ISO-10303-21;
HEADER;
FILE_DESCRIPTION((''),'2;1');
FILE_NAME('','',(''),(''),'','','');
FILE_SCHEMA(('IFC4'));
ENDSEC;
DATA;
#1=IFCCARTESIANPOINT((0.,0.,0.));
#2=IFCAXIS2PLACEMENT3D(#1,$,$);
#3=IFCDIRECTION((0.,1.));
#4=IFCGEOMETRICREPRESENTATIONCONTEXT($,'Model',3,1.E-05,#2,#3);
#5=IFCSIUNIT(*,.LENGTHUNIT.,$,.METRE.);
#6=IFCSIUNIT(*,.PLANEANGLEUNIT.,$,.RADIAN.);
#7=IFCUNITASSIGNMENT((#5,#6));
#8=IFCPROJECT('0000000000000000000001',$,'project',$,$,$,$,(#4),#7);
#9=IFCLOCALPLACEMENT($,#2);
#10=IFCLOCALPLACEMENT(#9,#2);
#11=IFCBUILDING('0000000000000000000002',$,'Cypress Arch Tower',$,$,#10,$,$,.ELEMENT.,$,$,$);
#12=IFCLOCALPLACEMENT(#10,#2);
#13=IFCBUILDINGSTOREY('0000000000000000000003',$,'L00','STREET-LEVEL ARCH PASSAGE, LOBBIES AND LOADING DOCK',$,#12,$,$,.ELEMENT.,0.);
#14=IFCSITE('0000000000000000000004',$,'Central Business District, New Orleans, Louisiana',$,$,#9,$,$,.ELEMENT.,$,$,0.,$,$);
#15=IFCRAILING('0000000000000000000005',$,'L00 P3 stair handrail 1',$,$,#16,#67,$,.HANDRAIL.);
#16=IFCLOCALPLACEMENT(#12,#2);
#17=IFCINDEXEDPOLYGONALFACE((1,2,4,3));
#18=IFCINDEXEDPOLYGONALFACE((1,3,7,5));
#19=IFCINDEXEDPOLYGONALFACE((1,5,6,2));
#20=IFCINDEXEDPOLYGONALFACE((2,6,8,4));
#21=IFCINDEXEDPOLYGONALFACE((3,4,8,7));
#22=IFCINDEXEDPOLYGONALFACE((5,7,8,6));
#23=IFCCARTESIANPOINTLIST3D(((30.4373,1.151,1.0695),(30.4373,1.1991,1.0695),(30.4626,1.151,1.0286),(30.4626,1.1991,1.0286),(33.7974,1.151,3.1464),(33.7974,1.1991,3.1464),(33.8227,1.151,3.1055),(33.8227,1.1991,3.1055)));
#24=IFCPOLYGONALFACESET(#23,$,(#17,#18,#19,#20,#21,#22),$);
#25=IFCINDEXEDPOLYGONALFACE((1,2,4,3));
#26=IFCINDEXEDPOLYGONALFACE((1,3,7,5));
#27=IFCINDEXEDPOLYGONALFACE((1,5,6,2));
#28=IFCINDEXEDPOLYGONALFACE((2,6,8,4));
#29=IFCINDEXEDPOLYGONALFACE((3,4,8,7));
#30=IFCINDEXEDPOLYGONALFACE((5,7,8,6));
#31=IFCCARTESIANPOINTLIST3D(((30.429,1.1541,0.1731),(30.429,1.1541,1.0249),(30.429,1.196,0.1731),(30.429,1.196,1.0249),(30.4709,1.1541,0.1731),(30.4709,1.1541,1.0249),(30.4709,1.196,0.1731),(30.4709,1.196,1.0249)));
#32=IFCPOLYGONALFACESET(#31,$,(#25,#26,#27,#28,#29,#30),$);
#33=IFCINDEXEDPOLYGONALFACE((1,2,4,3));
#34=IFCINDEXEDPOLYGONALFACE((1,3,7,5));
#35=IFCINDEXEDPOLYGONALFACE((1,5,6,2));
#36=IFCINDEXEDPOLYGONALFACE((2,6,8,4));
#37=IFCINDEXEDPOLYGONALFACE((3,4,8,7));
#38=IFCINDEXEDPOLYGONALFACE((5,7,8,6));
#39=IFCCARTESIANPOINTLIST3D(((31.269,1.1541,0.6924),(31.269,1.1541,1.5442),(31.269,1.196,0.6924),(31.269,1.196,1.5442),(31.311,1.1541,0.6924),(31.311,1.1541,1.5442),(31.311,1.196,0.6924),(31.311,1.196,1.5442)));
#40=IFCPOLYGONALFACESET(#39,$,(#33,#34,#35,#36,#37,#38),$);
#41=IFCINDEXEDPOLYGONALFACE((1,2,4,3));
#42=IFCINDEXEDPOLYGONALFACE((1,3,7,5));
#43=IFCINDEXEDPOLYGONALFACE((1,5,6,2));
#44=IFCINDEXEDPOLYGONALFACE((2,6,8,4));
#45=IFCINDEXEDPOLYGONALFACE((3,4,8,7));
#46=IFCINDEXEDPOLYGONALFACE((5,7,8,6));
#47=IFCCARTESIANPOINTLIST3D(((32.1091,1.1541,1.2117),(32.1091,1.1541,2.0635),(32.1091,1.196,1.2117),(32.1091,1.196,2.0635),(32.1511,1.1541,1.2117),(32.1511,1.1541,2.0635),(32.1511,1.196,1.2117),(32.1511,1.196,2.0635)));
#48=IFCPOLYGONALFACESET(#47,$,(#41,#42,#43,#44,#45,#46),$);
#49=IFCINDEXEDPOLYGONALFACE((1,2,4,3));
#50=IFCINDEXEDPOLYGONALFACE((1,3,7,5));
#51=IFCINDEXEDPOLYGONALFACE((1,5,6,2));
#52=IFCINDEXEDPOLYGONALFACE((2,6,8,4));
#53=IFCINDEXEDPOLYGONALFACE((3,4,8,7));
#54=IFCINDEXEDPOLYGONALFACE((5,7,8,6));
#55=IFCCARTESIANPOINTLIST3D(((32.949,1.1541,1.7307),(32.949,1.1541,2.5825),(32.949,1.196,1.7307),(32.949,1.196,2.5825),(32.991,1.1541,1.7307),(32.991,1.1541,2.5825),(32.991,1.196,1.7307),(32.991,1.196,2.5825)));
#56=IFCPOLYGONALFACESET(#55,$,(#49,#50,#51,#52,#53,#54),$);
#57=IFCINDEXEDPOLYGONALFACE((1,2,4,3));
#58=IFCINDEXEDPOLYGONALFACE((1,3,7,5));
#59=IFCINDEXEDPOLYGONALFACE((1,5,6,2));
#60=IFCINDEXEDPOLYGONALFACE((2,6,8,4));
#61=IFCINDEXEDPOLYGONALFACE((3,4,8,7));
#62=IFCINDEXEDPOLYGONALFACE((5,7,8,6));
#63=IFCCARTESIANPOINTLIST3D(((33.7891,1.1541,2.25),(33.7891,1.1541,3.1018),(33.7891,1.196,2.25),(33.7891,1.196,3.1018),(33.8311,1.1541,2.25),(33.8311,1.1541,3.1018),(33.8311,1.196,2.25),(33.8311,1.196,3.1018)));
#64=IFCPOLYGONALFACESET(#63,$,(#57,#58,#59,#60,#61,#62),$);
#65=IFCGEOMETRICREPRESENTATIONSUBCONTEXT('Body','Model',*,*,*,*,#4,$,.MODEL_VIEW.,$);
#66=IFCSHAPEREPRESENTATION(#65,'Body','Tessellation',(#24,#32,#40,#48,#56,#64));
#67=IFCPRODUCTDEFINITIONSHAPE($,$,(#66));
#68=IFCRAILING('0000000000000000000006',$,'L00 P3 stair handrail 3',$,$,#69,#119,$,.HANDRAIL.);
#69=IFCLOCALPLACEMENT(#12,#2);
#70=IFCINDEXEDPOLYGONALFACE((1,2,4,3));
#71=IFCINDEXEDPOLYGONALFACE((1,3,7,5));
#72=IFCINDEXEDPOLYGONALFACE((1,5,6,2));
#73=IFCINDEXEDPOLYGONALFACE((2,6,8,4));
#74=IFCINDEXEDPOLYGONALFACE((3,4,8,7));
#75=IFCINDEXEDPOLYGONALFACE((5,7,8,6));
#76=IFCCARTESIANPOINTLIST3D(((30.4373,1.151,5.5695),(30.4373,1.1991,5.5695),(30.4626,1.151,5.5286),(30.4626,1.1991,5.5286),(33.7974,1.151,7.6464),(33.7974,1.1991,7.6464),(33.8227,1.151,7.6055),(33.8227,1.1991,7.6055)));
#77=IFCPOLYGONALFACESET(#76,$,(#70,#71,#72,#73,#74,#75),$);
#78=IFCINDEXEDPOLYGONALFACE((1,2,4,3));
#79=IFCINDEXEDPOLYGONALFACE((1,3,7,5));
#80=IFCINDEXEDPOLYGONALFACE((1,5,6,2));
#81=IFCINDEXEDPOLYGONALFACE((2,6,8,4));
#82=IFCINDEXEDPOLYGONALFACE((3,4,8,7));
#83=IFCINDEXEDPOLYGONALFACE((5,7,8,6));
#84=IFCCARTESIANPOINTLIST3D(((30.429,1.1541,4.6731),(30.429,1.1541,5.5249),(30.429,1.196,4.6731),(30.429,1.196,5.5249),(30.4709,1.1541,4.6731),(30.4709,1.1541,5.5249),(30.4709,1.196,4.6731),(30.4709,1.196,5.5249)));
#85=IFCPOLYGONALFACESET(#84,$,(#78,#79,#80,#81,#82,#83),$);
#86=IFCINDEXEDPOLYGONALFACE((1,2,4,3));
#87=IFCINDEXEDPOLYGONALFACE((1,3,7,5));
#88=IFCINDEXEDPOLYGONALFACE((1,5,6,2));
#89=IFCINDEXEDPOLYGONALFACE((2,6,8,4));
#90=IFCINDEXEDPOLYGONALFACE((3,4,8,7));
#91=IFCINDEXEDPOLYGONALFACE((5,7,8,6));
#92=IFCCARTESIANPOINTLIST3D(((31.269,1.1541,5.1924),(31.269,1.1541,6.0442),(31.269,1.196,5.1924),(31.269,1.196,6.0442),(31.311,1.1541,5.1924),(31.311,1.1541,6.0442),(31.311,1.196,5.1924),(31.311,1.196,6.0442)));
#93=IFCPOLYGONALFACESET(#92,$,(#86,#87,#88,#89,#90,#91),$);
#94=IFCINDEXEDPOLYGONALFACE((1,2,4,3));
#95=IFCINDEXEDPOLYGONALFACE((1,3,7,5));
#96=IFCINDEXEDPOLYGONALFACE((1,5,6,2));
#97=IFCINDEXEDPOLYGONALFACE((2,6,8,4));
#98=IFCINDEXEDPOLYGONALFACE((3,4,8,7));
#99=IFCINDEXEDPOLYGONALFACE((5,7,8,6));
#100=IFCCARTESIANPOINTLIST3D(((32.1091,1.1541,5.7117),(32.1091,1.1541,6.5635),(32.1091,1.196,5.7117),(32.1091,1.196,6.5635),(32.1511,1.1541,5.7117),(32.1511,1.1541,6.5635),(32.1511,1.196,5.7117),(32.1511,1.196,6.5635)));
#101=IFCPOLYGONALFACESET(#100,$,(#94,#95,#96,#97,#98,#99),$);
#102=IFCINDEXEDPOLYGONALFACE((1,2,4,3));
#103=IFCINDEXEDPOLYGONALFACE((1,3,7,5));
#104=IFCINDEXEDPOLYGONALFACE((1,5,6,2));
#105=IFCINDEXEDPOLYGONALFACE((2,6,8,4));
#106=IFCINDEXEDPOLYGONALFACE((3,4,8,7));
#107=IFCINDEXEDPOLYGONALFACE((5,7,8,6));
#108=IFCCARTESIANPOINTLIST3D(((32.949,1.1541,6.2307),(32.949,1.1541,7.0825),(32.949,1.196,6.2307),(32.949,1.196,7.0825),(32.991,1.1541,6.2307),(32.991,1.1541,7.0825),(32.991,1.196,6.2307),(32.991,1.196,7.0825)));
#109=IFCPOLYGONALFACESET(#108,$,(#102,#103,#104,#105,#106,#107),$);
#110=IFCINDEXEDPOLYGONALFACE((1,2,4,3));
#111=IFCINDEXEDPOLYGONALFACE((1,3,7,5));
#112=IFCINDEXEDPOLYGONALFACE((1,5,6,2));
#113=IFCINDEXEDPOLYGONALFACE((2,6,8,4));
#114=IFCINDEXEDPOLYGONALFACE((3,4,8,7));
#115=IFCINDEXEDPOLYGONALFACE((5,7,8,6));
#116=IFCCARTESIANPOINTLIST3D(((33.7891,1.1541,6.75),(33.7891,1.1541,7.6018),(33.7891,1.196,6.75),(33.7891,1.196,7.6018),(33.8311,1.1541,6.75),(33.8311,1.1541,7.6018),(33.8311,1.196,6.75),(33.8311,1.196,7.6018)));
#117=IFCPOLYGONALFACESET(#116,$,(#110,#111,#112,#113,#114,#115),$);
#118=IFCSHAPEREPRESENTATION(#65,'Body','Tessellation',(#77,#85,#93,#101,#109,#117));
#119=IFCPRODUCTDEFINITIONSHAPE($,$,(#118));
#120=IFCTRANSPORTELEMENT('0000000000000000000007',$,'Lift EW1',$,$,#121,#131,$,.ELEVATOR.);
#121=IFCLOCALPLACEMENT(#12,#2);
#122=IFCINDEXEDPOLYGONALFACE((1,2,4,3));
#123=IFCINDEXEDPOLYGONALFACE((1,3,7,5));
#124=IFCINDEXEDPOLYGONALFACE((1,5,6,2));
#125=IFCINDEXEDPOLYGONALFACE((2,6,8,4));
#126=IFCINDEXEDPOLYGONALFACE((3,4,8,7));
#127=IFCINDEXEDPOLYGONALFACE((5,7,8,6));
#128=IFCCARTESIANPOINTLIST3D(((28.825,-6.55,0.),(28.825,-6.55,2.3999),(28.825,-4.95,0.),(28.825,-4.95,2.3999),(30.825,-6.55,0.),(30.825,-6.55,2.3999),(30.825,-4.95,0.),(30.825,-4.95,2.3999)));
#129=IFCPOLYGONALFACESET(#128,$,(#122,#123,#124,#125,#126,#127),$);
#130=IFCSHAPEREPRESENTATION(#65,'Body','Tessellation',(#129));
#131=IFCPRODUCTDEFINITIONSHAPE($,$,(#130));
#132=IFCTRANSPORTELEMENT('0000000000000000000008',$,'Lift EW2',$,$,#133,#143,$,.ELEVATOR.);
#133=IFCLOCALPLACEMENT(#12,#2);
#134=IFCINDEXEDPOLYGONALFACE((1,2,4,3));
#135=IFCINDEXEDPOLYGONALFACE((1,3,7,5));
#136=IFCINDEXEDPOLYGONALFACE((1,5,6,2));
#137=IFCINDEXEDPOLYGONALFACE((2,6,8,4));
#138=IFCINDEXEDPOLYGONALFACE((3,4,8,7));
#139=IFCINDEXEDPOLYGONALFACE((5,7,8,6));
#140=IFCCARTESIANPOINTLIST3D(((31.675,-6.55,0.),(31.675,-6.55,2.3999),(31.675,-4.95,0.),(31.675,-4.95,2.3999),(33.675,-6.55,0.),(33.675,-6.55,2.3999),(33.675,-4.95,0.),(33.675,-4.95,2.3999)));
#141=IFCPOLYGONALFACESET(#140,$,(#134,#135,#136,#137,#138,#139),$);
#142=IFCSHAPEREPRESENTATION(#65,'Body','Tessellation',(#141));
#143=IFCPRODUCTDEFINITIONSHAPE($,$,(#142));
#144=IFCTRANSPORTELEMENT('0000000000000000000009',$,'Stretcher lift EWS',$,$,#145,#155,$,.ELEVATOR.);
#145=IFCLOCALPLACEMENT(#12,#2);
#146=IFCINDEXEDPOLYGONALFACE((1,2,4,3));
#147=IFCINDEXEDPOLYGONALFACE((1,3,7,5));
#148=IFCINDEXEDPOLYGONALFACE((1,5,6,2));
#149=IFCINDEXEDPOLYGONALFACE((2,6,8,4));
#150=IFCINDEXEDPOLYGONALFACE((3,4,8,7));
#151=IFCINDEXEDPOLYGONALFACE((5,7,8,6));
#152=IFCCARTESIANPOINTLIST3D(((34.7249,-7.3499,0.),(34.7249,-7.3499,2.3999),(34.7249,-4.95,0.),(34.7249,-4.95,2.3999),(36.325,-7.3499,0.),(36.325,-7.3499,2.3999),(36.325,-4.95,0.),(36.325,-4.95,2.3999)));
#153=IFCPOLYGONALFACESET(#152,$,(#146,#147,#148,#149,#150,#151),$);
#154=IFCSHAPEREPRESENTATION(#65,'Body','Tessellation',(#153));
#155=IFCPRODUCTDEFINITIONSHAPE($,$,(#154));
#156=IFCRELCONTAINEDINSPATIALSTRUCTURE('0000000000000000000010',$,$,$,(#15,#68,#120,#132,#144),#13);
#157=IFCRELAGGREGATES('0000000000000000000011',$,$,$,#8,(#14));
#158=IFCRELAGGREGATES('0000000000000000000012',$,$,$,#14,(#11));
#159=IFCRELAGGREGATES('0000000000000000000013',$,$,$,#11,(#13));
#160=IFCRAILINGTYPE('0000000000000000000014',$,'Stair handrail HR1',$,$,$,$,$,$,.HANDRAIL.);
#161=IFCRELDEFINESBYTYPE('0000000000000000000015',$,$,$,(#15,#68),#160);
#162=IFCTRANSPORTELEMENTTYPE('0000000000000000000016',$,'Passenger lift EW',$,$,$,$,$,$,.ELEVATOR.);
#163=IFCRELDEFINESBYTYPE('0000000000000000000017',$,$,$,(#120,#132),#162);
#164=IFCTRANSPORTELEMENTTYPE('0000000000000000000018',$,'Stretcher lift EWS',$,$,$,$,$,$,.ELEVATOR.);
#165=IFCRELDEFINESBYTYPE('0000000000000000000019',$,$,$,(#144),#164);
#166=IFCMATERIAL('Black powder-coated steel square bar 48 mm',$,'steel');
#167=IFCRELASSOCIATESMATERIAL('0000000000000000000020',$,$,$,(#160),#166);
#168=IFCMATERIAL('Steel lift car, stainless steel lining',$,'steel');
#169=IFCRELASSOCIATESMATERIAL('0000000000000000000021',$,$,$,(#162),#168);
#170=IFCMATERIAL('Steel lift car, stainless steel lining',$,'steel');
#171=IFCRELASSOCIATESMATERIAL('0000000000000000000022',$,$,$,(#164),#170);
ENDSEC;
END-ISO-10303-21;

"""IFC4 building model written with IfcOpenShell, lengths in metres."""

from ifc_helpers import new_model, si_unit, direction, frame, origin, origin_2d, place, context, subcontext, project, spatial, rectangle, extrude, material, type_object, element, save


model = new_model("IFC4")

# Units and contexts
model_context = context("Model", 3, precision=1e-05, world=origin(), true_north=direction((0.0, 1.0)))
body_context = subcontext(model_context, "Body", "Model", "MODEL_VIEW")
ifc_project = project(units=[si_unit("LENGTHUNIT", "METRE"), si_unit("PLANEANGLEUNIT", "RADIAN")], contexts=[model_context])

# Site, building, storey
site_placement = place(None, origin())
site = spatial("IfcSite", under=ifc_project, at=site_placement, Name="Central Business District, New Orleans, Louisiana", CompositionType="ELEMENT", RefElevation=0.0)
building_placement = place(site_placement, origin())
building = spatial("IfcBuilding", under=site, at=building_placement, Name="Cypress Arch Tower", CompositionType="ELEMENT")
storey_placement = place(building_placement, origin())
storey = spatial("IfcBuildingStorey", under=building, at=storey_placement, Name="L00", Description="STREET-LEVEL ARCH PASSAGE, LOBBIES AND LOADING DOCK", CompositionType="ELEMENT", Elevation=0.0)

# Railings
ifc_material_1 = material(Name="Black powder-coated steel square bar 48 mm", Category="steel")
railing_type = type_object("IfcRailingType", Name="Stair handrail HR1", PredefinedType="HANDRAIL", material=ifc_material_1)
for number, where, name in (
    (1, (30.45, 1.175, 0.1731), "L00 P3 stair handrail 1"),
    (2, (30.45, 1.175, 4.6731), "L00 P3 stair handrail 3"),
):
    element("IfcRailing", number, at=place(storey_placement, frame(where)), inside=storey, type_object=railing_type, Name=name, PredefinedType="HANDRAIL", context=body_context, shape_type="SweptSolid", body=[
        extrude(rectangle(XDim=0.0481, YDim=0.0481, at=origin_2d()), frame((0.0, 0.0, 0.876), z_axis=(0.850623, 0.0, 0.525776), x_axis=(0.0, 1.0, 0.0)), (0.0, 0.0, 1.0), 3.9502),
        extrude(rectangle(XDim=0.042, YDim=0.042, at=origin_2d()), origin(), (0.0, 0.0, 1.0), 0.8518),
        extrude(rectangle(XDim=0.042, YDim=0.042, at=origin_2d()), frame((0.8401, 0.0, 0.5193)), (0.0, 0.0, 1.0), 0.8518),
        extrude(rectangle(XDim=0.042, YDim=0.042, at=origin_2d()), frame((1.6802, 0.0, 1.0386)), (0.0, 0.0, 1.0), 0.8518),
        extrude(rectangle(XDim=0.042, YDim=0.042, at=origin_2d()), frame((2.52, 0.0, 1.5576)), (0.0, 0.0, 1.0), 0.8518),
        extrude(rectangle(XDim=0.042, YDim=0.042, at=origin_2d()), frame((3.3601, 0.0, 2.0769)), (0.0, 0.0, 1.0), 0.8518),
    ])

# Transport elements
ifc_material_2 = material(Name="Steel lift car, stainless steel lining", Category="steel")
transport_element_type_1 = type_object("IfcTransportElementType", Name="Passenger lift EW", PredefinedType="ELEVATOR", material=ifc_material_2)
for number, where, z_axis, x_axis, name in (
    (3, (29.825, -5.75, 0.0), (0.0, 0.0, 1.0), (1.0, 0.0, 0.0), "Lift EW1"),
    (4, (32.675, -5.75, 0.0), (0.0, 0.0, 1.0), (1.0, 0.0, 0.0), "Lift EW2"),
):
    element("IfcTransportElement", number, at=place(storey_placement, frame(where, z_axis=z_axis, x_axis=x_axis)), inside=storey, type_object=transport_element_type_1, Name=name, PredefinedType="ELEVATOR", context=body_context, shape_type="SweptSolid", body=[
        extrude(rectangle(XDim=2.0, YDim=1.6001, at=origin_2d()), origin(), (0.0, 0.0, 1.0), 2.3999),
    ])
ifc_material_3 = material(Name="Steel lift car, stainless steel lining", Category="steel")
transport_element_type_2 = type_object("IfcTransportElementType", Name="Stretcher lift EWS", PredefinedType="ELEVATOR", material=ifc_material_3)
transport_element_placement = place(storey_placement, frame((35.5249, -6.1499, 0.0), z_axis=(0.0, 0.0, 1.0), x_axis=(1.0, 0.0, 0.0)))
element("IfcTransportElement", 5, at=transport_element_placement, inside=storey, type_object=transport_element_type_2, Name="Stretcher lift EWS", PredefinedType="ELEVATOR", context=body_context, shape_type="SweptSolid", body=[
    extrude(rectangle(XDim=1.6001, YDim=2.3999, at=origin_2d()), origin(), (0.0, 0.0, 1.0), 2.3999),
])

save(model, "model.ifc")
